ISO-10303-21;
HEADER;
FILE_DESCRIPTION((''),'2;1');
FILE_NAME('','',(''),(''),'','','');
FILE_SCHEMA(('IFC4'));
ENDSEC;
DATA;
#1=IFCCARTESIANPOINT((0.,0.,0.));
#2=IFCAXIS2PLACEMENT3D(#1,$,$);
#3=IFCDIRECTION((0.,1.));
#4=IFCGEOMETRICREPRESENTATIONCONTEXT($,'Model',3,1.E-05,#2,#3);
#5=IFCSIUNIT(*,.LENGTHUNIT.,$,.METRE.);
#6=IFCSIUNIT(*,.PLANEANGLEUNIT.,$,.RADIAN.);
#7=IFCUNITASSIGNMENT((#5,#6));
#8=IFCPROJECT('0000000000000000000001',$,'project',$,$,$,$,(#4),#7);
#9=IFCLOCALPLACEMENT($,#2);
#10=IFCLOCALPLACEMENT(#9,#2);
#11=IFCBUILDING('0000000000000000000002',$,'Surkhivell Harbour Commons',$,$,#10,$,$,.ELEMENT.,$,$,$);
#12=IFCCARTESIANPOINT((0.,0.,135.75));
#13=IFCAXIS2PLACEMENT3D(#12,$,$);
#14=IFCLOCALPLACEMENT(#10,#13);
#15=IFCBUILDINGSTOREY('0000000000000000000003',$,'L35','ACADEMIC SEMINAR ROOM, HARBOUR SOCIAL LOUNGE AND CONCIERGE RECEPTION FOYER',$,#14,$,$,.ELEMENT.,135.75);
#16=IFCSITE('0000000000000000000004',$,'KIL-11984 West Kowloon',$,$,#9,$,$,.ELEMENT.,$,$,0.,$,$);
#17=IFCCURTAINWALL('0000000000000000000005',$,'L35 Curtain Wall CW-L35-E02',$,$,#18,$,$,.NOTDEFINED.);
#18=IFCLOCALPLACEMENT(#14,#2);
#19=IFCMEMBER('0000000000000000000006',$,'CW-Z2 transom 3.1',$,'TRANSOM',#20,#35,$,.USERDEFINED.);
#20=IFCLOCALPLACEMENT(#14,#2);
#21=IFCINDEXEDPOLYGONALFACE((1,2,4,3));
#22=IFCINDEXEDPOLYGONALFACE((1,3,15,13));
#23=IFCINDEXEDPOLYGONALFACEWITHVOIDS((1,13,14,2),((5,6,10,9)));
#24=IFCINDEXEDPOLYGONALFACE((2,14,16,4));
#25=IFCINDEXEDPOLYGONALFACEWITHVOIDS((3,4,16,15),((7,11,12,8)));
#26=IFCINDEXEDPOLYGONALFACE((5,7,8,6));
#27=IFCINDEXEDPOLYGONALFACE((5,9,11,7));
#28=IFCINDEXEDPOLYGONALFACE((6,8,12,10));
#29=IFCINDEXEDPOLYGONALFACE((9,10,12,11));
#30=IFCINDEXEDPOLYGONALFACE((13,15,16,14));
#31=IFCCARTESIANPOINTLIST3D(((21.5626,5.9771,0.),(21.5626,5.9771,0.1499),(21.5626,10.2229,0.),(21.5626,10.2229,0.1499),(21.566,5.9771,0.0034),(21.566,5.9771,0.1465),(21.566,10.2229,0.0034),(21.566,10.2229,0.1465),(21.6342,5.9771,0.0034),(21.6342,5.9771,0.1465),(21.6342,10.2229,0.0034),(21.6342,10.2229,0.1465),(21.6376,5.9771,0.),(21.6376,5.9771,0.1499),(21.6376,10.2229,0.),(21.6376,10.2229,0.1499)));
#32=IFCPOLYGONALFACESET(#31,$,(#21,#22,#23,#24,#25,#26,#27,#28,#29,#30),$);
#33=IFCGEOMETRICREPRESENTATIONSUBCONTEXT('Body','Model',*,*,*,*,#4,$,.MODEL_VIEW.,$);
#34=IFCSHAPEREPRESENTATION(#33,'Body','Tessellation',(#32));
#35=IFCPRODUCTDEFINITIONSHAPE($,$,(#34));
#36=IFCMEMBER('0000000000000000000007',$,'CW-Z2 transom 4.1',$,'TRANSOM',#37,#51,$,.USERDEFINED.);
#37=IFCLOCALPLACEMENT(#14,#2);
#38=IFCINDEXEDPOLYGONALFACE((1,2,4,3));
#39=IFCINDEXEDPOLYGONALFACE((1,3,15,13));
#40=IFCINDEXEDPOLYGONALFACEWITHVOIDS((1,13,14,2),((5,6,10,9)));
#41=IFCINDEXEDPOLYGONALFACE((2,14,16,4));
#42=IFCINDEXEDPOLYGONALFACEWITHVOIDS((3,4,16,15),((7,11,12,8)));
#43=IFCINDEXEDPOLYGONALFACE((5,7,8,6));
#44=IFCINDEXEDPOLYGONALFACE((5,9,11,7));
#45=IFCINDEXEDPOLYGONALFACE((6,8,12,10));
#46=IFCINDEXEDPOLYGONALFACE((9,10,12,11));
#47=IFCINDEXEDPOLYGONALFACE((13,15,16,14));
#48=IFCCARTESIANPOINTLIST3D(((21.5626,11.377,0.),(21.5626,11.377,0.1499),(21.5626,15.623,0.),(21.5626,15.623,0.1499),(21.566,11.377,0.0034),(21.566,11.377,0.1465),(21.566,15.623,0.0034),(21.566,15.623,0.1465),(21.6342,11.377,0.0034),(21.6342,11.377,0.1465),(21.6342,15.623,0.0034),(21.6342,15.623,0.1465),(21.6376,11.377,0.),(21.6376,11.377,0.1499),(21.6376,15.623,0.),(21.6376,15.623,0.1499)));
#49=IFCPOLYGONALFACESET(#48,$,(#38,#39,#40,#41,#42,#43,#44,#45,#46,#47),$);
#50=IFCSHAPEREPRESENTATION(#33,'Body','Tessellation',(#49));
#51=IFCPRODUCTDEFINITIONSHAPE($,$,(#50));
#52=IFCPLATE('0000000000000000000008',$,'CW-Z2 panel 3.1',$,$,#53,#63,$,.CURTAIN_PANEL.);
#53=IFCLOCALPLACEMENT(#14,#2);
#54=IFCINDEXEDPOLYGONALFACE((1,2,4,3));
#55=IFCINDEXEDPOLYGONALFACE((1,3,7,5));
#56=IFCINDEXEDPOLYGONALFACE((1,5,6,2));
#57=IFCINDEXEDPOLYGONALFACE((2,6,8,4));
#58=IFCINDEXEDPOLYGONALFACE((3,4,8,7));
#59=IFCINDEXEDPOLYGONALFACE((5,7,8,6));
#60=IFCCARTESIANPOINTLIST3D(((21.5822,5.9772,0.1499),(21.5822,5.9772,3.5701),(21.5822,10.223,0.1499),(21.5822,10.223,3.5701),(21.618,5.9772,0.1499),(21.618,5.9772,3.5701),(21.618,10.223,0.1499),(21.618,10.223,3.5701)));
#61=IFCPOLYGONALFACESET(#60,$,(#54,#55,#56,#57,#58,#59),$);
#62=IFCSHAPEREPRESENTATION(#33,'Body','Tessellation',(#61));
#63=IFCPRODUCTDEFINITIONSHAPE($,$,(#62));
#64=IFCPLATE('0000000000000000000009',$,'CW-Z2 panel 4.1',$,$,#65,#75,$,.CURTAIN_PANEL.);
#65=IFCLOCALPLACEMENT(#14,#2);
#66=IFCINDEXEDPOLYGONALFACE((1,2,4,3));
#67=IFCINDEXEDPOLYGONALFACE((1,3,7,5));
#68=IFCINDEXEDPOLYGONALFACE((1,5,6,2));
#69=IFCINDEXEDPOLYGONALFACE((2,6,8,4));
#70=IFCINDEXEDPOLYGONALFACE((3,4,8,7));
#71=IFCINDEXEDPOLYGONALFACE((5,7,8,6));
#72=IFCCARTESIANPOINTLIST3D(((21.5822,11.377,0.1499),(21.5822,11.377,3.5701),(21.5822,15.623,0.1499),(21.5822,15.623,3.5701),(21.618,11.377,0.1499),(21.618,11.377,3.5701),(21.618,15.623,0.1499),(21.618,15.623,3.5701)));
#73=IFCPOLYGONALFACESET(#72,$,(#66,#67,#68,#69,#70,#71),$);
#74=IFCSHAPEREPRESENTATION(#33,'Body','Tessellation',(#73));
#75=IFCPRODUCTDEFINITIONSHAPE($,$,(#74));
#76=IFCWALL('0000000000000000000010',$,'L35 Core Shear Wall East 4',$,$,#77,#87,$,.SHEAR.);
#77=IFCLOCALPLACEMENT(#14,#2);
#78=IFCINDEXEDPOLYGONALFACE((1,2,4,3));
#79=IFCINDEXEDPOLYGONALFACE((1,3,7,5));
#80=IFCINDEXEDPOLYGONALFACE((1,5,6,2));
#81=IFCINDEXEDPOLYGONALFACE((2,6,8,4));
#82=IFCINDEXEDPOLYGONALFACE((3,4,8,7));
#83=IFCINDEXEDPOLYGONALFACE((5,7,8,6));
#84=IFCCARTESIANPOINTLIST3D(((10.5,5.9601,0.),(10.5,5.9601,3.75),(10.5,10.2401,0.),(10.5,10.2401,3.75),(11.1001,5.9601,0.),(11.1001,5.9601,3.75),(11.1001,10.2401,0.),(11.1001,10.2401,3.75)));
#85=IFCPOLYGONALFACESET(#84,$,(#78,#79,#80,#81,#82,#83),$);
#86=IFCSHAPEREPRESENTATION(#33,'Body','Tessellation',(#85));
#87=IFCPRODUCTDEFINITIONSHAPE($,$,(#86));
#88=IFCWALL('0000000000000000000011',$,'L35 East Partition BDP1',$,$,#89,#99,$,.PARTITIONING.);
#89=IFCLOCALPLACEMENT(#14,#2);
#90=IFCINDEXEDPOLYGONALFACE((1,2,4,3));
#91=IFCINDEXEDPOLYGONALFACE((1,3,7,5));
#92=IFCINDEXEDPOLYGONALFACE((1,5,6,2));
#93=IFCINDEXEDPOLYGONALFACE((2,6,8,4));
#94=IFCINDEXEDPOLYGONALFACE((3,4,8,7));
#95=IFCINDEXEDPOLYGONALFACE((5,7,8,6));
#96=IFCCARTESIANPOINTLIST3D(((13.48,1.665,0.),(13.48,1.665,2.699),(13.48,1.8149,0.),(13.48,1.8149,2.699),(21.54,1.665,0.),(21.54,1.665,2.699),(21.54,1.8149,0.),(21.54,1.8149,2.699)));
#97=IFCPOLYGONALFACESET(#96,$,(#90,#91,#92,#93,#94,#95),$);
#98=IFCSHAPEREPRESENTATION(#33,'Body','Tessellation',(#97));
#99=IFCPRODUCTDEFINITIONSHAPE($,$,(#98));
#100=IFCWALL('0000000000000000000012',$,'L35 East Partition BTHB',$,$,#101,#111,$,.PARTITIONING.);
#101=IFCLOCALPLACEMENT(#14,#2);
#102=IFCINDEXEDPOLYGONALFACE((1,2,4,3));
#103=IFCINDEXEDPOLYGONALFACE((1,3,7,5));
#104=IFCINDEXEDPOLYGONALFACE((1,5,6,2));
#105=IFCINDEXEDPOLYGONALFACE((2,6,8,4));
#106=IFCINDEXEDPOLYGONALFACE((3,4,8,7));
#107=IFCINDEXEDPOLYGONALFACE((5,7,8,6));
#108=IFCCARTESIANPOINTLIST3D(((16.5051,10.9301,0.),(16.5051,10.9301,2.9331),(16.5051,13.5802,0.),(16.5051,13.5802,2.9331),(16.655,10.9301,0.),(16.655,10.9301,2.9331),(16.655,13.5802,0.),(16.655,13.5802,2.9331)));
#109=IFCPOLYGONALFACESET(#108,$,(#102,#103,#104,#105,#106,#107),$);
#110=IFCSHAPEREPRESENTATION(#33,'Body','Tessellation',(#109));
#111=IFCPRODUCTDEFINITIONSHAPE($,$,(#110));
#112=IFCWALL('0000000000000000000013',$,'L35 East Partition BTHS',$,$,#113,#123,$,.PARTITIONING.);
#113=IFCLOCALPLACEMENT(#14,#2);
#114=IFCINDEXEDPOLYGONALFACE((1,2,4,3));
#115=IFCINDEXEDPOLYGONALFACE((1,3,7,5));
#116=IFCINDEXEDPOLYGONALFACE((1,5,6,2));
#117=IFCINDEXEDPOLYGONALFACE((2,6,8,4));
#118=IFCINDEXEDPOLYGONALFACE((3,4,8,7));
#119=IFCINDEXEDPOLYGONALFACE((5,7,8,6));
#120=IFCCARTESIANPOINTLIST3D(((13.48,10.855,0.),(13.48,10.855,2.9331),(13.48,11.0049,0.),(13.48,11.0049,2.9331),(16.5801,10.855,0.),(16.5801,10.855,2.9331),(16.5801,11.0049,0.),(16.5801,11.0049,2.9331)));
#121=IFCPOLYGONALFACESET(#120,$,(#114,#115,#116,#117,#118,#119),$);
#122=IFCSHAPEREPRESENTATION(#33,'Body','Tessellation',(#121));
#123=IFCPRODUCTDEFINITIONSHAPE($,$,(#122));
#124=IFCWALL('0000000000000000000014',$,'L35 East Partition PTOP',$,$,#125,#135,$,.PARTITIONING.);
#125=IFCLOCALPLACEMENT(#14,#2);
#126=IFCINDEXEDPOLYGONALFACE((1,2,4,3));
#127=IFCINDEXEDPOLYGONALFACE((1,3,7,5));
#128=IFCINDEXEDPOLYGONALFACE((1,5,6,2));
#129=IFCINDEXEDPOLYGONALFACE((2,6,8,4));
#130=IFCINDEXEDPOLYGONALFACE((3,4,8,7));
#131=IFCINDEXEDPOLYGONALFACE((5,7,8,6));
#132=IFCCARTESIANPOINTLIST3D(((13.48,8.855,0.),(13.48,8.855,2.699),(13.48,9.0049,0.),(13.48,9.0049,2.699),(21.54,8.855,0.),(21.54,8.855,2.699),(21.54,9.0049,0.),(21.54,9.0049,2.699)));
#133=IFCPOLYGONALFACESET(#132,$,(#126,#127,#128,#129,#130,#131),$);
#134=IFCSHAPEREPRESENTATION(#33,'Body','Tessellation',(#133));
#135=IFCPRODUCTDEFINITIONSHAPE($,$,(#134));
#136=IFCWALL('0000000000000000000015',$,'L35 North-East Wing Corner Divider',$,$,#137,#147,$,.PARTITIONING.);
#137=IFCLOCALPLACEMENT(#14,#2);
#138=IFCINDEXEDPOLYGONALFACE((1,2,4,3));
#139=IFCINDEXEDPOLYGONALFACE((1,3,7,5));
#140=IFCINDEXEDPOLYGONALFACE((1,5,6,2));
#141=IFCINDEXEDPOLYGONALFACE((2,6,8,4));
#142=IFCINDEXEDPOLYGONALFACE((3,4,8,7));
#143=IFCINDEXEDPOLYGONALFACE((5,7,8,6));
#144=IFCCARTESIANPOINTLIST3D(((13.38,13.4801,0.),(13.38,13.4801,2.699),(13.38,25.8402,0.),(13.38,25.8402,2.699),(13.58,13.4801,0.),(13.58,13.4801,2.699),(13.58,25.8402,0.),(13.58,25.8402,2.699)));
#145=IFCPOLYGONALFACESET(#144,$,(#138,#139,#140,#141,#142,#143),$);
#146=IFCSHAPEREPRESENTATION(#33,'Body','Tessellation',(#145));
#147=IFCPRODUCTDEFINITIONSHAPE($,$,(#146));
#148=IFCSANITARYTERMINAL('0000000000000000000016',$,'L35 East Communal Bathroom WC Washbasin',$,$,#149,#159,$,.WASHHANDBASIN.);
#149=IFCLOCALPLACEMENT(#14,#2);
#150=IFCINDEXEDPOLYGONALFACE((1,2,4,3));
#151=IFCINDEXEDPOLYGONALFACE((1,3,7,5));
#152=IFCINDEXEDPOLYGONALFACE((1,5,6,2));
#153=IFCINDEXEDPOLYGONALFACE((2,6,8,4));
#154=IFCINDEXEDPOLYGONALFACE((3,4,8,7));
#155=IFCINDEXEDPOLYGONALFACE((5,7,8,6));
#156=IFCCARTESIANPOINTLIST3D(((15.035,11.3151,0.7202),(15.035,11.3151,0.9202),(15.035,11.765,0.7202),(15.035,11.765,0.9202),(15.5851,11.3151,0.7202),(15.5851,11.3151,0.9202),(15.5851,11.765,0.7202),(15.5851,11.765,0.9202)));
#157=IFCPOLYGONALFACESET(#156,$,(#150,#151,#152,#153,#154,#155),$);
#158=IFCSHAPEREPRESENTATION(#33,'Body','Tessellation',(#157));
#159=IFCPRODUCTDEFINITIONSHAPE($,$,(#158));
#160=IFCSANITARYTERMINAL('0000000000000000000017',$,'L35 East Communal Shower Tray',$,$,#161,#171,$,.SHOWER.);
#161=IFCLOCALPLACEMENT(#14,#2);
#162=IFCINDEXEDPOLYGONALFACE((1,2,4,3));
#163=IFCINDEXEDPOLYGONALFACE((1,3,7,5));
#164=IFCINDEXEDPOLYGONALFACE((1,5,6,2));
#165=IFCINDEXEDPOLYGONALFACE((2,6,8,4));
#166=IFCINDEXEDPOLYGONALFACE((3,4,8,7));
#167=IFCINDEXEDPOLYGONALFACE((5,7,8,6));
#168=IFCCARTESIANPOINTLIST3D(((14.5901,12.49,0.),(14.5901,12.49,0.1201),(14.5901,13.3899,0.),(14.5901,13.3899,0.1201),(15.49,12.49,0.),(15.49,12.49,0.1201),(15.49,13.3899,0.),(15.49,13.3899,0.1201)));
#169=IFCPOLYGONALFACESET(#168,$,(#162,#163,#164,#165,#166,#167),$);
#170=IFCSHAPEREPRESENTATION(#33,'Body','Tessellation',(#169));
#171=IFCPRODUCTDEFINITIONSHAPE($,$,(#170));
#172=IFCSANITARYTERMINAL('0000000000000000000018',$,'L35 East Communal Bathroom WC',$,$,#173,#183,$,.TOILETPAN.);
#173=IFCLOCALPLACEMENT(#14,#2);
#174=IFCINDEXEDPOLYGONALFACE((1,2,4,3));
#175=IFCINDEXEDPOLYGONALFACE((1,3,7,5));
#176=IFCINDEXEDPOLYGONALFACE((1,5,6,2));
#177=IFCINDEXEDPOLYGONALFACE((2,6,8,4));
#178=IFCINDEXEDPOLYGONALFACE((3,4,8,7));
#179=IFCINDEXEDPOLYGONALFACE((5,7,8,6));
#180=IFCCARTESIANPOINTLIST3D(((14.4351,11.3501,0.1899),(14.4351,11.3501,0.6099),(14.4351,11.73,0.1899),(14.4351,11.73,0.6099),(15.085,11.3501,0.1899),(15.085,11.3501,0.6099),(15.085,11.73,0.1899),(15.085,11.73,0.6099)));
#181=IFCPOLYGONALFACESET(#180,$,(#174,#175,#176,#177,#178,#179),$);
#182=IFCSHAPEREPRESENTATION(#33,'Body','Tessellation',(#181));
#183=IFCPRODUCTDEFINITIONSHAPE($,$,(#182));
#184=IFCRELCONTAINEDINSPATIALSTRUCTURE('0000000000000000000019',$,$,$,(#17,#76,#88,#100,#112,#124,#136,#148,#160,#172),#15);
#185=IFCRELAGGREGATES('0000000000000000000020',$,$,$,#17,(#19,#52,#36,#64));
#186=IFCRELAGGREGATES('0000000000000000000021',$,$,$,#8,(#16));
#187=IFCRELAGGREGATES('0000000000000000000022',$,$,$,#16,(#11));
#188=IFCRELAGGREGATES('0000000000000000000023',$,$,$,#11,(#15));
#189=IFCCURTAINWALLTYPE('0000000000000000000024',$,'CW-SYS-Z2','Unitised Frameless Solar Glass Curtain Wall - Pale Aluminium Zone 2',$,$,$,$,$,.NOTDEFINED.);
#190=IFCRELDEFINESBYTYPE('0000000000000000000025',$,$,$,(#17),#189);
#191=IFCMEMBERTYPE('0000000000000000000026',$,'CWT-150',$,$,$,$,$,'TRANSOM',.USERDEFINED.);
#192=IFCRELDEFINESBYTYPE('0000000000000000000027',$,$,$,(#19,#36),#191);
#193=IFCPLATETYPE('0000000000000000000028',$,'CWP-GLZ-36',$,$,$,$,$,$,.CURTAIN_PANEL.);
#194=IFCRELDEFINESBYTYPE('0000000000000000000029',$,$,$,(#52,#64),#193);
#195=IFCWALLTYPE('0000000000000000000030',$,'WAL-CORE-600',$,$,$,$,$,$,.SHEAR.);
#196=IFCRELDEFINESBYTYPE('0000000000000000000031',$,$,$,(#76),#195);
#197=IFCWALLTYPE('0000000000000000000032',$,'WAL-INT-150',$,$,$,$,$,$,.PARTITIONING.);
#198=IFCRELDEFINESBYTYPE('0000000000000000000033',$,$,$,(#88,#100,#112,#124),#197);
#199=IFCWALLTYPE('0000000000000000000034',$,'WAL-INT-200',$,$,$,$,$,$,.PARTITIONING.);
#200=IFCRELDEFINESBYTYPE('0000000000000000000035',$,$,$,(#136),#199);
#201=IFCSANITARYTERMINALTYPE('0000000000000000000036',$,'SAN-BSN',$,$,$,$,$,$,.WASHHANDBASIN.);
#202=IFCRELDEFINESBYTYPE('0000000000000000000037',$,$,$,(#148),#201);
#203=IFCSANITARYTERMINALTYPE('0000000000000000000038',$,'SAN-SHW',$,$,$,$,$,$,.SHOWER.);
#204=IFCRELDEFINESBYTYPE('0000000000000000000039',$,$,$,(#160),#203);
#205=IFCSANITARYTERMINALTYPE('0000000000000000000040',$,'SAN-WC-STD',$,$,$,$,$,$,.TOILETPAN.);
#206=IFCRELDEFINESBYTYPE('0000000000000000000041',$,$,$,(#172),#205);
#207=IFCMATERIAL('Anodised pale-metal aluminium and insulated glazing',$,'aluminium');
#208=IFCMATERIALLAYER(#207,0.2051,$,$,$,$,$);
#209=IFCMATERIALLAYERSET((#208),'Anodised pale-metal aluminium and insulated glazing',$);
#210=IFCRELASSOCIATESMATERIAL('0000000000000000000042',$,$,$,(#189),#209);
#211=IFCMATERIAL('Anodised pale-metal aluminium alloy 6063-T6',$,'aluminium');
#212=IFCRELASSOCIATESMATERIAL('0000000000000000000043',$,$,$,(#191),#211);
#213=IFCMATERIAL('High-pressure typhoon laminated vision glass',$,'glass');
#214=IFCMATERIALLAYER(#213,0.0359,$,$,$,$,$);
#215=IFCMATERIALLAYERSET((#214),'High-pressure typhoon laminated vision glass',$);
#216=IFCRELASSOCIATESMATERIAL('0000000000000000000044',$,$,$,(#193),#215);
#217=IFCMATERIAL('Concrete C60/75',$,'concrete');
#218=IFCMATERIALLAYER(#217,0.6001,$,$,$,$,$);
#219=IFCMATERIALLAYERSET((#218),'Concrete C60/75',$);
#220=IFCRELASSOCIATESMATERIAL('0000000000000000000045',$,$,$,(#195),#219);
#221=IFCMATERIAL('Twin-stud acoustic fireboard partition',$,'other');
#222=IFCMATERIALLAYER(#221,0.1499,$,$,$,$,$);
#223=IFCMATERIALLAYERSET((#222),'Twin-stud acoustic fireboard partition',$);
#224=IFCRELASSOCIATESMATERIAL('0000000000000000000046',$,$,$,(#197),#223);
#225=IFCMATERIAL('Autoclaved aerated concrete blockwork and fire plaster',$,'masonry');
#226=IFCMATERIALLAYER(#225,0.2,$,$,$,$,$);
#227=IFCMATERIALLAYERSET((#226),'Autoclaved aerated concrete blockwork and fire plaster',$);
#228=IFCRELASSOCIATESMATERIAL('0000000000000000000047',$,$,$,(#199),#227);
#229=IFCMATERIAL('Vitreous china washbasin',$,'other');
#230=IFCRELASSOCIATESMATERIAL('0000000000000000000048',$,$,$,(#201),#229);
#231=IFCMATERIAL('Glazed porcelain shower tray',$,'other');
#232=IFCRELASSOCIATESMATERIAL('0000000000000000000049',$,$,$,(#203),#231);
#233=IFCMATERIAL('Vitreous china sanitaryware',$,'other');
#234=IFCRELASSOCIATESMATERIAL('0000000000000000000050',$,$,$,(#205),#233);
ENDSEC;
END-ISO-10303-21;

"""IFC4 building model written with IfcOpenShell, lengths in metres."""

from ifc_helpers import new_model, si_unit, direction, frame, frame_2d, origin, origin_2d, place, context, subcontext, project, spatial, rectangle, hollow_rectangle, extrude, material, layer, layer_set, material_profile, profile_set, type_object, element, aggregate, save


model = new_model("IFC4")

# Units and contexts
model_context = context("Model", 3, precision=1e-05, world=origin(), true_north=direction((0.0, 1.0)))
body_context = subcontext(model_context, "Body", "Model", "MODEL_VIEW")
ifc_project = project(units=[si_unit("LENGTHUNIT", "METRE"), si_unit("PLANEANGLEUNIT", "RADIAN")], contexts=[model_context])

# Site, building, storey
site_placement = place(None, origin())
site = spatial("IfcSite", under=ifc_project, at=site_placement, Name="KIL-11984 West Kowloon", CompositionType="ELEMENT", RefElevation=0.0)
building_placement = place(site_placement, origin())
building = spatial("IfcBuilding", under=site, at=building_placement, Name="Surkhivell Harbour Commons", CompositionType="ELEMENT")
storey_placement = place(building_placement, frame((0.0, 0.0, 135.75)))
storey = spatial("IfcBuildingStorey", under=building, at=storey_placement, Name="L35", Description="ACADEMIC SEMINAR ROOM, HARBOUR SOCIAL LOUNGE AND CONCIERGE RECEPTION FOYER", CompositionType="ELEMENT", Elevation=135.75)

# Shared definitions
ifc_material_1 = material(Name="Concrete C60/75", Category="concrete")

# Curtain wall, members, plates
ifc_material_2 = material(Name="Anodised pale-metal aluminium and insulated glazing", Category="aluminium")
ifc_layer_1 = layer(ifc_material_2, 0.2051)
ifc_layer_set_1 = layer_set([ifc_layer_1], Name="Anodised pale-metal aluminium and insulated glazing")
curtain_wall_type = type_object("IfcCurtainWallType", Name="CW-SYS-Z2", Description="Unitised Frameless Solar Glass Curtain Wall - Pale Aluminium Zone 2", PredefinedType="NOTDEFINED", material=ifc_layer_set_1)
curtain_wall_placement = place(storey_placement, origin())
curtain_wall = element("IfcCurtainWall", 1, at=curtain_wall_placement, inside=storey, type_object=curtain_wall_type, Name="L35 Curtain Wall CW-L35-E02", PredefinedType="NOTDEFINED")
ifc_material_3 = material(Name="Anodised pale-metal aluminium alloy 6063-T6", Category="aluminium")
ifc_material_profile_1 = material_profile(ifc_material_3, hollow_rectangle(XDim=0.075, YDim=0.1499, WallThickness=0.0034, at=origin_2d()), Name="ALU-TRAN-75x150")
ifc_profile_set_1 = profile_set([ifc_material_profile_1], Name="Anodised pale-metal aluminium alloy 6063-T6")
member_type_1 = type_object("IfcMemberType", Name="CWT-150", ElementType="TRANSOM", PredefinedType="USERDEFINED", material=ifc_profile_set_1)
member_1_placement = place(storey_placement, frame((21.6001, 5.9771, 0.075), z_axis=(0.0, 1.0, 0.0), x_axis=(-1.0, 0.0, 0.0)))
member_1 = element("IfcMember", 2, at=member_1_placement, type_object=member_type_1, Name="CW-Z2 transom 3.1", ObjectType="TRANSOM", PredefinedType="USERDEFINED", context=body_context, shape_type="SweptSolid", body=[
    extrude(hollow_rectangle(XDim=0.075, YDim=0.1499, WallThickness=0.0034, at=origin_2d()), origin(), (0.0, 0.0, 1.0), 4.2458),
])
member_2_placement = place(storey_placement, frame((21.6001, 11.377, 0.075), z_axis=(0.0, 1.0, 0.0), x_axis=(-1.0, 0.0, 0.0)))
member_2 = element("IfcMember", 3, at=member_2_placement, type_object=member_type_1, Name="CW-Z2 transom 4.1", ObjectType="TRANSOM", PredefinedType="USERDEFINED", context=body_context, shape_type="SweptSolid", body=[
    extrude(hollow_rectangle(XDim=0.075, YDim=0.1499, WallThickness=0.0034, at=origin_2d()), origin(), (0.0, 0.0, 1.0), 4.2461),
])
ifc_material_4 = material(Name="High-pressure typhoon laminated vision glass", Category="glass")
ifc_layer_2 = layer(ifc_material_4, 0.0359)
ifc_layer_set_2 = layer_set([ifc_layer_2], Name="High-pressure typhoon laminated vision glass")
plate_type = type_object("IfcPlateType", Name="CWP-GLZ-36", PredefinedType="CURTAIN_PANEL", material=ifc_layer_set_2)
plate_1_placement = place(storey_placement, frame((21.6001, 5.9771, 0.1499), z_axis=(0.0, 0.0, 1.0), x_axis=(0.0, 1.0, 0.0)))
plate_1 = element("IfcPlate", 4, at=plate_1_placement, type_object=plate_type, Name="CW-Z2 panel 3.1", PredefinedType="CURTAIN_PANEL", context=body_context, shape_type="SweptSolid", body=[
    extrude(rectangle(XDim=4.2458, YDim=0.0359, at=frame_2d((2.123, 0.0))), origin(), (0.0, 0.0, 1.0), 3.4202),
])
plate_2_placement = place(storey_placement, frame((21.6001, 11.377, 0.1499), z_axis=(0.0, 0.0, 1.0), x_axis=(0.0, 1.0, 0.0)))
plate_2 = element("IfcPlate", 5, at=plate_2_placement, type_object=plate_type, Name="CW-Z2 panel 4.1", PredefinedType="CURTAIN_PANEL", context=body_context, shape_type="SweptSolid", body=[
    extrude(rectangle(XDim=4.2461, YDim=0.0359, at=frame_2d((2.123, 0.0))), origin(), (0.0, 0.0, 1.0), 3.4202),
])
aggregate(curtain_wall, [member_1, plate_1, member_2, plate_2])

# Walls
ifc_layer_3 = layer(ifc_material_1, 0.6001)
ifc_layer_set_3 = layer_set([ifc_layer_3], Name="Concrete C60/75")
wall_type_1 = type_object("IfcWallType", Name="WAL-CORE-600", PredefinedType="SHEAR", material=ifc_layer_set_3)
wall_1_placement = place(storey_placement, frame((10.8, 5.96, 0.0), z_axis=(0.0, 0.0, 1.0), x_axis=(0.0, 1.0, 0.0)))
element("IfcWall", 6, at=wall_1_placement, inside=storey, type_object=wall_type_1, Name="L35 Core Shear Wall East 4", PredefinedType="SHEAR", context=body_context, shape_type="SweptSolid", body=[
    extrude(rectangle(XDim=4.28, YDim=0.6001, at=frame_2d((2.1401, 0.0))), origin(), (0.0, 0.0, 1.0), 3.75),
])
ifc_material_5 = material(Name="Twin-stud acoustic fireboard partition", Category="other")
ifc_layer_4 = layer(ifc_material_5, 0.1499)
ifc_layer_set_4 = layer_set([ifc_layer_4], Name="Twin-stud acoustic fireboard partition")
wall_type_2 = type_object("IfcWallType", Name="WAL-INT-150", PredefinedType="PARTITIONING", material=ifc_layer_set_4)
wall_2_placement = place(storey_placement, frame((13.48, 1.74, 0.0), z_axis=(0.0, 0.0, 1.0), x_axis=(1.0, 0.0, 0.0)))
element("IfcWall", 7, at=wall_2_placement, inside=storey, type_object=wall_type_2, Name="L35 East Partition BDP1", PredefinedType="PARTITIONING", context=body_context, shape_type="SweptSolid", body=[
    extrude(rectangle(XDim=8.0601, YDim=0.1499, at=frame_2d((4.03, 0.0))), origin(), (0.0, 0.0, 1.0), 2.699),
])
wall_3_placement = place(storey_placement, frame((16.5801, 10.9299, 0.0), z_axis=(0.0, 0.0, 1.0), x_axis=(0.0, 1.0, 0.0)))
element("IfcWall", 8, at=wall_3_placement, inside=storey, type_object=wall_type_2, Name="L35 East Partition BTHB", PredefinedType="PARTITIONING", context=body_context, shape_type="SweptSolid", body=[
    extrude(rectangle(XDim=2.6501, YDim=0.1499, at=frame_2d((1.3252, 0.0))), origin(), (0.0, 0.0, 1.0), 2.9331),
])
wall_4_placement = place(storey_placement, frame((13.48, 10.9299, 0.0), z_axis=(0.0, 0.0, 1.0), x_axis=(1.0, 0.0, 0.0)))
element("IfcWall", 9, at=wall_4_placement, inside=storey, type_object=wall_type_2, Name="L35 East Partition BTHS", PredefinedType="PARTITIONING", context=body_context, shape_type="SweptSolid", body=[
    extrude(rectangle(XDim=3.1001, YDim=0.1499, at=frame_2d((1.55, 0.0))), origin(), (0.0, 0.0, 1.0), 2.9331),
])
wall_5_placement = place(storey_placement, frame((13.48, 8.9299, 0.0), z_axis=(0.0, 0.0, 1.0), x_axis=(1.0, 0.0, 0.0)))
element("IfcWall", 10, at=wall_5_placement, inside=storey, type_object=wall_type_2, Name="L35 East Partition PTOP", PredefinedType="PARTITIONING", context=body_context, shape_type="SweptSolid", body=[
    extrude(rectangle(XDim=8.0601, YDim=0.1499, at=frame_2d((4.03, 0.0))), origin(), (0.0, 0.0, 1.0), 2.699),
])
ifc_material_6 = material(Name="Autoclaved aerated concrete blockwork and fire plaster", Category="masonry")
ifc_layer_5 = layer(ifc_material_6, 0.2)
ifc_layer_set_5 = layer_set([ifc_layer_5], Name="Autoclaved aerated concrete blockwork and fire plaster")
wall_type_3 = type_object("IfcWallType", Name="WAL-INT-200", PredefinedType="PARTITIONING", material=ifc_layer_set_5)
wall_6_placement = place(storey_placement, frame((13.48, 13.48, 0.0), z_axis=(0.0, 0.0, 1.0), x_axis=(0.0, 1.0, 0.0)))
element("IfcWall", 11, at=wall_6_placement, inside=storey, type_object=wall_type_3, Name="L35 North-East Wing Corner Divider", PredefinedType="PARTITIONING", context=body_context, shape_type="SweptSolid", body=[
    extrude(rectangle(XDim=12.3601, YDim=0.2, at=frame_2d((6.1802, 0.0))), origin(), (0.0, 0.0, 1.0), 2.699),
])

# Sanitary terminals
ifc_material_7 = material(Name="Vitreous china washbasin", Category="other")
sanitary_terminal_type_1 = type_object("IfcSanitaryTerminalType", Name="SAN-BSN", PredefinedType="WASHHANDBASIN", material=ifc_material_7)
sanitary_terminal_1_placement = place(storey_placement, frame((15.3101, 11.54, 0.7202), z_axis=(0.0, 0.0, 1.0), x_axis=(1.0, 0.0, 0.0)))
element("IfcSanitaryTerminal", 12, at=sanitary_terminal_1_placement, inside=storey, type_object=sanitary_terminal_type_1, Name="L35 East Communal Bathroom WC Washbasin", PredefinedType="WASHHANDBASIN", context=body_context, shape_type="SweptSolid", body=[
    extrude(rectangle(XDim=0.55, YDim=0.45, at=origin_2d()), origin(), (0.0, 0.0, 1.0), 0.2),
])
ifc_material_8 = material(Name="Glazed porcelain shower tray", Category="other")
sanitary_terminal_type_2 = type_object("IfcSanitaryTerminalType", Name="SAN-SHW", PredefinedType="SHOWER", material=ifc_material_8)
sanitary_terminal_2_placement = place(storey_placement, frame((15.04, 12.9399, 0.0), z_axis=(0.0, 0.0, 1.0), x_axis=(1.0, 0.0, 0.0)))
element("IfcSanitaryTerminal", 13, at=sanitary_terminal_2_placement, inside=storey, type_object=sanitary_terminal_type_2, Name="L35 East Communal Shower Tray", PredefinedType="SHOWER", context=body_context, shape_type="SweptSolid", body=[
    extrude(rectangle(XDim=0.8999, YDim=0.8999, at=origin_2d()), origin(), (0.0, 0.0, 1.0), 0.1201),
])
ifc_material_9 = material(Name="Vitreous china sanitaryware", Category="other")
sanitary_terminal_type_3 = type_object("IfcSanitaryTerminalType", Name="SAN-WC-STD", PredefinedType="TOILETPAN", material=ifc_material_9)
sanitary_terminal_3_placement = place(storey_placement, frame((14.76, 11.54, 0.1899), z_axis=(0.0, 0.0, 1.0), x_axis=(1.0, 0.0, 0.0)))
element("IfcSanitaryTerminal", 14, at=sanitary_terminal_3_placement, inside=storey, type_object=sanitary_terminal_type_3, Name="L35 East Communal Bathroom WC", PredefinedType="TOILETPAN", context=body_context, shape_type="SweptSolid", body=[
    extrude(rectangle(XDim=0.6499, YDim=0.3799, at=origin_2d()), origin(), (0.0, 0.0, 1.0), 0.4199),
])

save(model, "model.ifc")
